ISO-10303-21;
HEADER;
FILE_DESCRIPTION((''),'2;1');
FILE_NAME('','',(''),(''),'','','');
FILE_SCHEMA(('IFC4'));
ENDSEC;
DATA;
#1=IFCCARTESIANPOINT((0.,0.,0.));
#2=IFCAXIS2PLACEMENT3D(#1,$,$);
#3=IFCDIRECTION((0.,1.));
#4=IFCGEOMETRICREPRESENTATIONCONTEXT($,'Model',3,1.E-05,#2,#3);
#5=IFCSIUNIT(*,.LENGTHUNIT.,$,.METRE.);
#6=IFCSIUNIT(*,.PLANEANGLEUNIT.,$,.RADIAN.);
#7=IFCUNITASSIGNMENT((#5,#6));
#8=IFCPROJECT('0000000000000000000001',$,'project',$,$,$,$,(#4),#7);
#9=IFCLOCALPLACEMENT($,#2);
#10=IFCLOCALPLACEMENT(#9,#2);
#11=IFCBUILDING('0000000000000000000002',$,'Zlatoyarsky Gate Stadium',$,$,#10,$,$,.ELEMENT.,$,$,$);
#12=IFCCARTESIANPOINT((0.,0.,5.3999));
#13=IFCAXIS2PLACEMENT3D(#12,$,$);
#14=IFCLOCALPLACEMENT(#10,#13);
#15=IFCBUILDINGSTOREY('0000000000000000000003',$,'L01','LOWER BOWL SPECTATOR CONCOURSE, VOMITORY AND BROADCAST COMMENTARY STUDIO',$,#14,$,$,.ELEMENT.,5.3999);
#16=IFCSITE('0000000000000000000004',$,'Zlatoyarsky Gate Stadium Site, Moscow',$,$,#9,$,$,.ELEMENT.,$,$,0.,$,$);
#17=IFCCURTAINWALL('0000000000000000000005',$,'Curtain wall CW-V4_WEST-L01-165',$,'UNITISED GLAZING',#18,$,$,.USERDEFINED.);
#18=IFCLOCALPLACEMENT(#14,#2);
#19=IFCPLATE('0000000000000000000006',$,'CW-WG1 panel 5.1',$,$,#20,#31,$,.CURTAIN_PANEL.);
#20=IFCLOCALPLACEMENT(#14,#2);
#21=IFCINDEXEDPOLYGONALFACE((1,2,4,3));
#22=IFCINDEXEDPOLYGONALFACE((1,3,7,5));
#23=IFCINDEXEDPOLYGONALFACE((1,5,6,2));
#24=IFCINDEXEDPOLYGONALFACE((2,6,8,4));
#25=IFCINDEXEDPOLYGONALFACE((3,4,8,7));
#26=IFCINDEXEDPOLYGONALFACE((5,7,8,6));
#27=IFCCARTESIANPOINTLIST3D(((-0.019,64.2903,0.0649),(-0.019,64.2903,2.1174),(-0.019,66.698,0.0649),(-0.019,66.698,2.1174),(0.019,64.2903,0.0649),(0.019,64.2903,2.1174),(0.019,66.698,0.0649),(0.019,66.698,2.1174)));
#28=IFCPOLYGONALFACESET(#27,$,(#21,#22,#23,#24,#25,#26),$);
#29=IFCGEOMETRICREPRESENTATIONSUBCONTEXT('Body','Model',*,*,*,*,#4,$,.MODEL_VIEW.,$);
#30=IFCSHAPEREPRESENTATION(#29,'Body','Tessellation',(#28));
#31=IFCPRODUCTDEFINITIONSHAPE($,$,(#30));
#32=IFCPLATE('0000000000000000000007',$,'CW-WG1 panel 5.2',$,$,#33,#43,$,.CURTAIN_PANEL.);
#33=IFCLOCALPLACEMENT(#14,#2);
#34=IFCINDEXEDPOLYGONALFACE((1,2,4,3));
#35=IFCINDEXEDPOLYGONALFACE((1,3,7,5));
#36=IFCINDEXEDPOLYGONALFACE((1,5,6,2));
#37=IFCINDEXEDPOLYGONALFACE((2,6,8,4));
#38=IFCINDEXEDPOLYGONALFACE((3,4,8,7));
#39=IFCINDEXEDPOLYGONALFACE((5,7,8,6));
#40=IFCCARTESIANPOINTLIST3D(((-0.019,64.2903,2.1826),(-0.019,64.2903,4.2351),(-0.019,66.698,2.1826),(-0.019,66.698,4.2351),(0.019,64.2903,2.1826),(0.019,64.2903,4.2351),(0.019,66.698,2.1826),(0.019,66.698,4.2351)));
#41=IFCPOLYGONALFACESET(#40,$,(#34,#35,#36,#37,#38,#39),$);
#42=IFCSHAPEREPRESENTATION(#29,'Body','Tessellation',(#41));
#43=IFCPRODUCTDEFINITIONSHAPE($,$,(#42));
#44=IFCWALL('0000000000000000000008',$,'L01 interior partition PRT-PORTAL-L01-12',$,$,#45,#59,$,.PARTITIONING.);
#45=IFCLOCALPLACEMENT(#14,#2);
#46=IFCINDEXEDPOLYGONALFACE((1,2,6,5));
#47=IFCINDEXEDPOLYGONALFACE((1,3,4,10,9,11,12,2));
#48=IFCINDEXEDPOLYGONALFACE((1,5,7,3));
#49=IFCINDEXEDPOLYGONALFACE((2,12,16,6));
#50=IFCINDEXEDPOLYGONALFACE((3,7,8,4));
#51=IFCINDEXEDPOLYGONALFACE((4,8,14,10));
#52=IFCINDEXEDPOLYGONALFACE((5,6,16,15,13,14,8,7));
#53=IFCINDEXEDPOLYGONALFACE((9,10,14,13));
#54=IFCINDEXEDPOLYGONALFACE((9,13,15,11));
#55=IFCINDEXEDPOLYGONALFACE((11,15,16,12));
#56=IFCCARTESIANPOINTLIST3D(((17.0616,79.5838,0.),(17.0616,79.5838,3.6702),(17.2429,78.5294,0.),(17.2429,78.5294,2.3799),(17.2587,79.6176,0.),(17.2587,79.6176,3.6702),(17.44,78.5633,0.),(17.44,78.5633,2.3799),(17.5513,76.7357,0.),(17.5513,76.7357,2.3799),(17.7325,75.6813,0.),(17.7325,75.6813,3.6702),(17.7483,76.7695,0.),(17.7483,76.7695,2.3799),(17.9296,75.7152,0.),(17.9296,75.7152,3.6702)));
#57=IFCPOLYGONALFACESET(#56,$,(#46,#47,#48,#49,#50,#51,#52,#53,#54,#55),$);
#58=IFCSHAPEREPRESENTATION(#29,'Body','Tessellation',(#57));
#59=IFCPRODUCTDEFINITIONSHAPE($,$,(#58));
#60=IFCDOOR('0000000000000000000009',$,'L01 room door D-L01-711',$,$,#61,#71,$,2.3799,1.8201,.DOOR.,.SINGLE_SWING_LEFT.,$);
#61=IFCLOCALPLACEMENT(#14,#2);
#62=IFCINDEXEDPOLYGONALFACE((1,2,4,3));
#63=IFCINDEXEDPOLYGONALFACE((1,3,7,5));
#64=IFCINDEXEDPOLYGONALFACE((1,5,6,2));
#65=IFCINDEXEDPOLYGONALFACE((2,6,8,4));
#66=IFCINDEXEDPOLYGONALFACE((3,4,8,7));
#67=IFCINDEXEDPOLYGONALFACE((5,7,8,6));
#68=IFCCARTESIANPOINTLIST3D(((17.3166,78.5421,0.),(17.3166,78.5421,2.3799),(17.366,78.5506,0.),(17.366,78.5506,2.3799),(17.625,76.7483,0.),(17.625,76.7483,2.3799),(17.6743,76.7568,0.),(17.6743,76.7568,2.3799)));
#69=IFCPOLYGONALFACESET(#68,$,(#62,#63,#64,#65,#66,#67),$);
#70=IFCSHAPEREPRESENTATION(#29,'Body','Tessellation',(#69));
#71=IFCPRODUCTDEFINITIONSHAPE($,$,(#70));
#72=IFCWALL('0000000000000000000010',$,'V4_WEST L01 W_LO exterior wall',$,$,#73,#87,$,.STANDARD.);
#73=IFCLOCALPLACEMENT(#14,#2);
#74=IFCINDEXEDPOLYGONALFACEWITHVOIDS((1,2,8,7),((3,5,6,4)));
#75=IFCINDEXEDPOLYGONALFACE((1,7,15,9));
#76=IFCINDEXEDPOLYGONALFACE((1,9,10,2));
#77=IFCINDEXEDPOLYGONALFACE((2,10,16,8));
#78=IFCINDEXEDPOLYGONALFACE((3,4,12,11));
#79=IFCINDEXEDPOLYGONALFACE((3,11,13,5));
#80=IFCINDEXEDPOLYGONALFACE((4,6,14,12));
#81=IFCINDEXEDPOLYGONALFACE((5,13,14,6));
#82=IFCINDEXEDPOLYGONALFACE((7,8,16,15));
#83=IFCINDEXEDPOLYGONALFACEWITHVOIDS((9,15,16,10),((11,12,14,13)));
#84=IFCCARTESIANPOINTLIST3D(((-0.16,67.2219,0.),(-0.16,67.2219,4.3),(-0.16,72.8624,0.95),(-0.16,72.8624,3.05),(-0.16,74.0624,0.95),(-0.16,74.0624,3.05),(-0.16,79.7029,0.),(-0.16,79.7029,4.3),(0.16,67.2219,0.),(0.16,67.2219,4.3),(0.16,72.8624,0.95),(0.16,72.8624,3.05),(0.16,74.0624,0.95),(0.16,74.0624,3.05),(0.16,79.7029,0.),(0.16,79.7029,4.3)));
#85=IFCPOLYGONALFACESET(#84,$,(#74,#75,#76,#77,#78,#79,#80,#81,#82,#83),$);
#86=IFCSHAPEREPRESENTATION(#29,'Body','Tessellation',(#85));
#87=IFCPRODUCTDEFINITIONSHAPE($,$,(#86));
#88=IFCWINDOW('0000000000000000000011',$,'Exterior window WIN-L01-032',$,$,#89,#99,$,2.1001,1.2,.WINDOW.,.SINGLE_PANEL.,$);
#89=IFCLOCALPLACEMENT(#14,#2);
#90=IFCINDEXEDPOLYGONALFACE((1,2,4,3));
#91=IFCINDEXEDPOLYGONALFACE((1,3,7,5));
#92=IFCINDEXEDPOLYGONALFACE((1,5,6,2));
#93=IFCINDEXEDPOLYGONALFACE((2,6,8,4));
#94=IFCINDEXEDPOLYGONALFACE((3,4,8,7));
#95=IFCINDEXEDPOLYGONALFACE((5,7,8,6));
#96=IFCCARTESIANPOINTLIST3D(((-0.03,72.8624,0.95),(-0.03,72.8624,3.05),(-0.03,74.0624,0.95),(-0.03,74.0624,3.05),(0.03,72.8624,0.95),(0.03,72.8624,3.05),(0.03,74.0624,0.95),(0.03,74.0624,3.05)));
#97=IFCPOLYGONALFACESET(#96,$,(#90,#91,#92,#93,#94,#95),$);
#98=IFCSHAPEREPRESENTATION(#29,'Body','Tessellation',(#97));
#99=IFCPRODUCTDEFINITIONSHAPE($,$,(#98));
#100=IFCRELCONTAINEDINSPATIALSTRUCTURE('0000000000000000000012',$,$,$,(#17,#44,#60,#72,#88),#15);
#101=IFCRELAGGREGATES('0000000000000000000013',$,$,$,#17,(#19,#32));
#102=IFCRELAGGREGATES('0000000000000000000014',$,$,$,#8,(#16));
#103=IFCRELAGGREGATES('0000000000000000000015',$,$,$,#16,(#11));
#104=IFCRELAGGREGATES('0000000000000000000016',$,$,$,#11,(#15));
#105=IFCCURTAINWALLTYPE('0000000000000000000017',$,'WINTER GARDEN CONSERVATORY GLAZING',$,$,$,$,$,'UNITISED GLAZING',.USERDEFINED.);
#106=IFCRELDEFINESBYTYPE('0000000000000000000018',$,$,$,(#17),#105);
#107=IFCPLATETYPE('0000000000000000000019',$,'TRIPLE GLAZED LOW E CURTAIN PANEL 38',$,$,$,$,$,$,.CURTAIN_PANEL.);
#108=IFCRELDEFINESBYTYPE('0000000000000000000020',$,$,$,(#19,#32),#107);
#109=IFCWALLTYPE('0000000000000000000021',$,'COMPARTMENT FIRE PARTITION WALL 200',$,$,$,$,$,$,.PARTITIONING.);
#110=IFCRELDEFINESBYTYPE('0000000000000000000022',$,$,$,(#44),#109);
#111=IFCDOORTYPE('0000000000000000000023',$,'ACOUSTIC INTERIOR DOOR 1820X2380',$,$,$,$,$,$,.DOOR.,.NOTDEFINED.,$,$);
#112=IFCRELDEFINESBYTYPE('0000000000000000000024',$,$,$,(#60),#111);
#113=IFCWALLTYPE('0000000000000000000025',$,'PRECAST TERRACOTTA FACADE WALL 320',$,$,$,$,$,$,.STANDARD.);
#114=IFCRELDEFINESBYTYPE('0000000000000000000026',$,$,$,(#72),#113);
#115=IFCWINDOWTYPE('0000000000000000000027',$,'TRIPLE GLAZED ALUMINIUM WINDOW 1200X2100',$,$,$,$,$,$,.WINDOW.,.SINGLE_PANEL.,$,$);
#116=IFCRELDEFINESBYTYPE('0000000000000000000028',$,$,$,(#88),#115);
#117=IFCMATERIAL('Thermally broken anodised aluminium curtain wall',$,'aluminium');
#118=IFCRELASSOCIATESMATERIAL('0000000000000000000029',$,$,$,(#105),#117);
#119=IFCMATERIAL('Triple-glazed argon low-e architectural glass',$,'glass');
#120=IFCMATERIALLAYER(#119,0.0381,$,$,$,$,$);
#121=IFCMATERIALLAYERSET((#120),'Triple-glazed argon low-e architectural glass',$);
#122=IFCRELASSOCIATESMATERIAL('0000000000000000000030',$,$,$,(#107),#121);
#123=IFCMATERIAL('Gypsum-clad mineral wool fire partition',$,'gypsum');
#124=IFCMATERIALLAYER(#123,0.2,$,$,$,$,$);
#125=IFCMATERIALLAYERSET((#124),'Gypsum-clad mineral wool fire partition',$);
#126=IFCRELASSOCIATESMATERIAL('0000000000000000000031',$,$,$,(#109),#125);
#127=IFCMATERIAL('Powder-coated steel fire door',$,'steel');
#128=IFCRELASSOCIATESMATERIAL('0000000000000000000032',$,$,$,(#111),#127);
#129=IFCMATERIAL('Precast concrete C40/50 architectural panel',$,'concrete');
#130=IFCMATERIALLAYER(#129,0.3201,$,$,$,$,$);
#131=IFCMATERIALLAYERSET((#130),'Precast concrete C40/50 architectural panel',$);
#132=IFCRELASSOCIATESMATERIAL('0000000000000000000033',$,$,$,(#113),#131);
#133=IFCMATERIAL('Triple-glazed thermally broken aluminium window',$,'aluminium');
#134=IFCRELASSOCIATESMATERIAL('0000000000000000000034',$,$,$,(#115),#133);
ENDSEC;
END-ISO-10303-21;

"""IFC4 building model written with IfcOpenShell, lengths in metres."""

from ifc_helpers import new_model, si_unit, direction, frame, frame_2d, origin, origin_2d, place, context, subcontext, project, spatial, rectangle, extrude, material, layer, layer_set, type_object, element, fill, aggregate, save


model = new_model("IFC4")

# Units and contexts
model_context = context("Model", 3, precision=1e-05, world=origin(), true_north=direction((0.0, 1.0)))
body_context = subcontext(model_context, "Body", "Model", "MODEL_VIEW")
ifc_project = project(units=[si_unit("LENGTHUNIT", "METRE"), si_unit("PLANEANGLEUNIT", "RADIAN")], contexts=[model_context])

# Site, building, storey
site_placement = place(None, origin())
site = spatial("IfcSite", under=ifc_project, at=site_placement, Name="Zlatoyarsky Gate Stadium Site, Moscow", CompositionType="ELEMENT", RefElevation=0.0)
building_placement = place(site_placement, origin())
building = spatial("IfcBuilding", under=site, at=building_placement, Name="Zlatoyarsky Gate Stadium", CompositionType="ELEMENT")
storey_placement = place(building_placement, frame((0.0, 0.0, 5.3999)))
storey = spatial("IfcBuildingStorey", under=building, at=storey_placement, Name="L01", Description="LOWER BOWL SPECTATOR CONCOURSE, VOMITORY AND BROADCAST COMMENTARY STUDIO", CompositionType="ELEMENT", Elevation=5.3999)

# Shared definitions
ifc_material_1 = material(Name="Thermally broken anodised aluminium curtain wall", Category="aluminium")

# Curtain wall
curtain_wall_type_1 = type_object("IfcCurtainWallType", Name="WINTER GARDEN CONSERVATORY GLAZING", ElementType="UNITISED GLAZING", PredefinedType="USERDEFINED", material=ifc_material_1)
curtain_wall_1_placement = place(storey_placement, origin())
curtain_wall_1 = element("IfcCurtainWall", 1, at=curtain_wall_1_placement, inside=storey, type_object=curtain_wall_type_1, Name="Curtain wall CW-V4_WEST-L01-165", ObjectType="UNITISED GLAZING", PredefinedType="USERDEFINED")

# Plates
ifc_material_2 = material(Name="Triple-glazed argon low-e architectural glass", Category="glass")
ifc_layer_1 = layer(ifc_material_2, 0.0381)
ifc_layer_set_1 = layer_set([ifc_layer_1], Name="Triple-glazed argon low-e architectural glass")
plate_type_1 = type_object("IfcPlateType", Name="TRIPLE GLAZED LOW E CURTAIN PANEL 38", PredefinedType="CURTAIN_PANEL", material=ifc_layer_set_1)
plate_1_placement = place(storey_placement, frame((0.0, 65.4941, 0.0649), z_axis=(0.0, 0.0, 1.0), x_axis=(0.0, 1.0, 0.0)))
plate_1 = element("IfcPlate", 2, at=plate_1_placement, type_object=plate_type_1, Name="CW-WG1 panel 5.1", PredefinedType="CURTAIN_PANEL", context=body_context, shape_type="SweptSolid", body=[
    extrude(rectangle(XDim=2.4077, YDim=0.0381, at=origin_2d()), origin(), (0.0, 0.0, 1.0), 2.0525),
])
plate_2_placement = place(storey_placement, frame((0.0, 65.4941, 2.1826), z_axis=(0.0, 0.0, 1.0), x_axis=(0.0, 1.0, 0.0)))
plate_2 = element("IfcPlate", 3, at=plate_2_placement, type_object=plate_type_1, Name="CW-WG1 panel 5.2", PredefinedType="CURTAIN_PANEL", context=body_context, shape_type="SweptSolid", body=[
    extrude(rectangle(XDim=2.4077, YDim=0.0381, at=origin_2d()), origin(), (0.0, 0.0, 1.0), 2.0525),
])
aggregate(curtain_wall_1, [plate_1, plate_2])

# Wall, opening, door
ifc_material_3 = material(Name="Gypsum-clad mineral wool fire partition", Category="gypsum")
ifc_layer_2 = layer(ifc_material_3, 0.2)
ifc_layer_set_2 = layer_set([ifc_layer_2], Name="Gypsum-clad mineral wool fire partition")
wall_type_1 = type_object("IfcWallType", Name="COMPARTMENT FIRE PARTITION WALL 200", PredefinedType="PARTITIONING", material=ifc_layer_set_2)
wall_1_placement = place(storey_placement, frame((17.1602, 79.6008, 0.0), z_axis=(0.0, 0.0, 1.0), x_axis=(0.169426, -0.985543, 0.0)))
wall_1 = element("IfcWall", 4, at=wall_1_placement, inside=storey, type_object=wall_type_1, Name="L01 interior partition PRT-PORTAL-L01-12", PredefinedType="PARTITIONING", context=body_context, shape_type="SweptSolid", body=[
    extrude(rectangle(XDim=3.9597, YDim=0.2, at=frame_2d((1.98, 0.0))), origin(), (0.0, 0.0, 1.0), 3.6702),
])
opening_1_placement = place(wall_1_placement, frame((1.0698, 0.0, 0.0)))
opening_1 = element("IfcOpeningElement", 5, at=opening_1_placement, cuts=wall_1, PredefinedType="OPENING", context=body_context, shape_type="SweptSolid", body=[
    extrude(rectangle(XDim=1.8201, YDim=2.3799, at=frame_2d((0.9102, 1.1899))), frame((0.0, 0.1099, 0.0), z_axis=(0.0, -1.0, 0.0), x_axis=(1.0, 0.0, 0.0)), (0.0, 0.0, 1.0), 0.22),
])
ifc_material_4 = material(Name="Powder-coated steel fire door", Category="steel")
door_type = type_object("IfcDoorType", Name="ACOUSTIC INTERIOR DOOR 1820X2380", OperationType="NOTDEFINED", PredefinedType="DOOR", material=ifc_material_4)
door_placement = place(opening_1_placement, origin())
door = element("IfcDoor", 6, at=door_placement, inside=storey, type_object=door_type, Name="L01 room door D-L01-711", OperationType="SINGLE_SWING_LEFT", OverallHeight=2.3799, OverallWidth=1.8201, PredefinedType="DOOR", context=body_context, shape_type="SweptSolid", body=[
    extrude(rectangle(XDim=1.8201, YDim=2.3799, at=frame_2d((0.9102, 1.1899))), frame((0.0, 0.0249, 0.0), z_axis=(0.0, -1.0, 0.0), x_axis=(1.0, 0.0, 0.0)), (0.0, 0.0, 1.0), 0.05),
])
fill(opening_1, door)

# Wall, opening, window
ifc_material_5 = material(Name="Precast concrete C40/50 architectural panel", Category="concrete")
ifc_layer_3 = layer(ifc_material_5, 0.3201)
ifc_layer_set_3 = layer_set([ifc_layer_3], Name="Precast concrete C40/50 architectural panel")
wall_type_2 = type_object("IfcWallType", Name="PRECAST TERRACOTTA FACADE WALL 320", PredefinedType="STANDARD", material=ifc_layer_set_3)
wall_2_placement = place(storey_placement, frame((0.0, 67.2219, 0.0), z_axis=(0.0, 0.0, 1.0), x_axis=(0.0, 1.0, 0.0)))
wall_2 = element("IfcWall", 7, at=wall_2_placement, inside=storey, type_object=wall_type_2, Name="V4_WEST L01 W_LO exterior wall", PredefinedType="STANDARD", context=body_context, shape_type="SweptSolid", body=[
    extrude(rectangle(XDim=12.481, YDim=0.3201, at=frame_2d((6.2405, 0.0))), origin(), (0.0, 0.0, 1.0), 4.3),
])
opening_2_placement = place(wall_2_placement, frame((5.6404, 0.0, 0.95)))
opening_2 = element("IfcOpeningElement", 8, at=opening_2_placement, cuts=wall_2, PredefinedType="OPENING", context=body_context, shape_type="SweptSolid", body=[
    extrude(rectangle(XDim=1.2, YDim=2.1001, at=frame_2d((0.6001, 1.05))), frame((0.0, 0.1699, 0.0), z_axis=(0.0, -1.0, 0.0), x_axis=(1.0, 0.0, 0.0)), (0.0, 0.0, 1.0), 0.3401),
])
ifc_material_6 = material(Name="Triple-glazed thermally broken aluminium window", Category="aluminium")
window_type = type_object("IfcWindowType", Name="TRIPLE GLAZED ALUMINIUM WINDOW 1200X2100", PartitioningType="SINGLE_PANEL", PredefinedType="WINDOW", material=ifc_material_6)
window_placement = place(opening_2_placement, origin())
window = element("IfcWindow", 9, at=window_placement, inside=storey, type_object=window_type, Name="Exterior window WIN-L01-032", OverallHeight=2.1001, OverallWidth=1.2, PartitioningType="SINGLE_PANEL", PredefinedType="WINDOW", context=body_context, shape_type="SweptSolid", body=[
    extrude(rectangle(XDim=1.2, YDim=2.1001, at=frame_2d((0.6001, 1.05))), frame((0.0, 0.03, 0.0), z_axis=(0.0, -1.0, 0.0), x_axis=(1.0, 0.0, 0.0)), (0.0, 0.0, 1.0), 0.0601),
])
fill(opening_2, window)

save(model, "model.ifc")
